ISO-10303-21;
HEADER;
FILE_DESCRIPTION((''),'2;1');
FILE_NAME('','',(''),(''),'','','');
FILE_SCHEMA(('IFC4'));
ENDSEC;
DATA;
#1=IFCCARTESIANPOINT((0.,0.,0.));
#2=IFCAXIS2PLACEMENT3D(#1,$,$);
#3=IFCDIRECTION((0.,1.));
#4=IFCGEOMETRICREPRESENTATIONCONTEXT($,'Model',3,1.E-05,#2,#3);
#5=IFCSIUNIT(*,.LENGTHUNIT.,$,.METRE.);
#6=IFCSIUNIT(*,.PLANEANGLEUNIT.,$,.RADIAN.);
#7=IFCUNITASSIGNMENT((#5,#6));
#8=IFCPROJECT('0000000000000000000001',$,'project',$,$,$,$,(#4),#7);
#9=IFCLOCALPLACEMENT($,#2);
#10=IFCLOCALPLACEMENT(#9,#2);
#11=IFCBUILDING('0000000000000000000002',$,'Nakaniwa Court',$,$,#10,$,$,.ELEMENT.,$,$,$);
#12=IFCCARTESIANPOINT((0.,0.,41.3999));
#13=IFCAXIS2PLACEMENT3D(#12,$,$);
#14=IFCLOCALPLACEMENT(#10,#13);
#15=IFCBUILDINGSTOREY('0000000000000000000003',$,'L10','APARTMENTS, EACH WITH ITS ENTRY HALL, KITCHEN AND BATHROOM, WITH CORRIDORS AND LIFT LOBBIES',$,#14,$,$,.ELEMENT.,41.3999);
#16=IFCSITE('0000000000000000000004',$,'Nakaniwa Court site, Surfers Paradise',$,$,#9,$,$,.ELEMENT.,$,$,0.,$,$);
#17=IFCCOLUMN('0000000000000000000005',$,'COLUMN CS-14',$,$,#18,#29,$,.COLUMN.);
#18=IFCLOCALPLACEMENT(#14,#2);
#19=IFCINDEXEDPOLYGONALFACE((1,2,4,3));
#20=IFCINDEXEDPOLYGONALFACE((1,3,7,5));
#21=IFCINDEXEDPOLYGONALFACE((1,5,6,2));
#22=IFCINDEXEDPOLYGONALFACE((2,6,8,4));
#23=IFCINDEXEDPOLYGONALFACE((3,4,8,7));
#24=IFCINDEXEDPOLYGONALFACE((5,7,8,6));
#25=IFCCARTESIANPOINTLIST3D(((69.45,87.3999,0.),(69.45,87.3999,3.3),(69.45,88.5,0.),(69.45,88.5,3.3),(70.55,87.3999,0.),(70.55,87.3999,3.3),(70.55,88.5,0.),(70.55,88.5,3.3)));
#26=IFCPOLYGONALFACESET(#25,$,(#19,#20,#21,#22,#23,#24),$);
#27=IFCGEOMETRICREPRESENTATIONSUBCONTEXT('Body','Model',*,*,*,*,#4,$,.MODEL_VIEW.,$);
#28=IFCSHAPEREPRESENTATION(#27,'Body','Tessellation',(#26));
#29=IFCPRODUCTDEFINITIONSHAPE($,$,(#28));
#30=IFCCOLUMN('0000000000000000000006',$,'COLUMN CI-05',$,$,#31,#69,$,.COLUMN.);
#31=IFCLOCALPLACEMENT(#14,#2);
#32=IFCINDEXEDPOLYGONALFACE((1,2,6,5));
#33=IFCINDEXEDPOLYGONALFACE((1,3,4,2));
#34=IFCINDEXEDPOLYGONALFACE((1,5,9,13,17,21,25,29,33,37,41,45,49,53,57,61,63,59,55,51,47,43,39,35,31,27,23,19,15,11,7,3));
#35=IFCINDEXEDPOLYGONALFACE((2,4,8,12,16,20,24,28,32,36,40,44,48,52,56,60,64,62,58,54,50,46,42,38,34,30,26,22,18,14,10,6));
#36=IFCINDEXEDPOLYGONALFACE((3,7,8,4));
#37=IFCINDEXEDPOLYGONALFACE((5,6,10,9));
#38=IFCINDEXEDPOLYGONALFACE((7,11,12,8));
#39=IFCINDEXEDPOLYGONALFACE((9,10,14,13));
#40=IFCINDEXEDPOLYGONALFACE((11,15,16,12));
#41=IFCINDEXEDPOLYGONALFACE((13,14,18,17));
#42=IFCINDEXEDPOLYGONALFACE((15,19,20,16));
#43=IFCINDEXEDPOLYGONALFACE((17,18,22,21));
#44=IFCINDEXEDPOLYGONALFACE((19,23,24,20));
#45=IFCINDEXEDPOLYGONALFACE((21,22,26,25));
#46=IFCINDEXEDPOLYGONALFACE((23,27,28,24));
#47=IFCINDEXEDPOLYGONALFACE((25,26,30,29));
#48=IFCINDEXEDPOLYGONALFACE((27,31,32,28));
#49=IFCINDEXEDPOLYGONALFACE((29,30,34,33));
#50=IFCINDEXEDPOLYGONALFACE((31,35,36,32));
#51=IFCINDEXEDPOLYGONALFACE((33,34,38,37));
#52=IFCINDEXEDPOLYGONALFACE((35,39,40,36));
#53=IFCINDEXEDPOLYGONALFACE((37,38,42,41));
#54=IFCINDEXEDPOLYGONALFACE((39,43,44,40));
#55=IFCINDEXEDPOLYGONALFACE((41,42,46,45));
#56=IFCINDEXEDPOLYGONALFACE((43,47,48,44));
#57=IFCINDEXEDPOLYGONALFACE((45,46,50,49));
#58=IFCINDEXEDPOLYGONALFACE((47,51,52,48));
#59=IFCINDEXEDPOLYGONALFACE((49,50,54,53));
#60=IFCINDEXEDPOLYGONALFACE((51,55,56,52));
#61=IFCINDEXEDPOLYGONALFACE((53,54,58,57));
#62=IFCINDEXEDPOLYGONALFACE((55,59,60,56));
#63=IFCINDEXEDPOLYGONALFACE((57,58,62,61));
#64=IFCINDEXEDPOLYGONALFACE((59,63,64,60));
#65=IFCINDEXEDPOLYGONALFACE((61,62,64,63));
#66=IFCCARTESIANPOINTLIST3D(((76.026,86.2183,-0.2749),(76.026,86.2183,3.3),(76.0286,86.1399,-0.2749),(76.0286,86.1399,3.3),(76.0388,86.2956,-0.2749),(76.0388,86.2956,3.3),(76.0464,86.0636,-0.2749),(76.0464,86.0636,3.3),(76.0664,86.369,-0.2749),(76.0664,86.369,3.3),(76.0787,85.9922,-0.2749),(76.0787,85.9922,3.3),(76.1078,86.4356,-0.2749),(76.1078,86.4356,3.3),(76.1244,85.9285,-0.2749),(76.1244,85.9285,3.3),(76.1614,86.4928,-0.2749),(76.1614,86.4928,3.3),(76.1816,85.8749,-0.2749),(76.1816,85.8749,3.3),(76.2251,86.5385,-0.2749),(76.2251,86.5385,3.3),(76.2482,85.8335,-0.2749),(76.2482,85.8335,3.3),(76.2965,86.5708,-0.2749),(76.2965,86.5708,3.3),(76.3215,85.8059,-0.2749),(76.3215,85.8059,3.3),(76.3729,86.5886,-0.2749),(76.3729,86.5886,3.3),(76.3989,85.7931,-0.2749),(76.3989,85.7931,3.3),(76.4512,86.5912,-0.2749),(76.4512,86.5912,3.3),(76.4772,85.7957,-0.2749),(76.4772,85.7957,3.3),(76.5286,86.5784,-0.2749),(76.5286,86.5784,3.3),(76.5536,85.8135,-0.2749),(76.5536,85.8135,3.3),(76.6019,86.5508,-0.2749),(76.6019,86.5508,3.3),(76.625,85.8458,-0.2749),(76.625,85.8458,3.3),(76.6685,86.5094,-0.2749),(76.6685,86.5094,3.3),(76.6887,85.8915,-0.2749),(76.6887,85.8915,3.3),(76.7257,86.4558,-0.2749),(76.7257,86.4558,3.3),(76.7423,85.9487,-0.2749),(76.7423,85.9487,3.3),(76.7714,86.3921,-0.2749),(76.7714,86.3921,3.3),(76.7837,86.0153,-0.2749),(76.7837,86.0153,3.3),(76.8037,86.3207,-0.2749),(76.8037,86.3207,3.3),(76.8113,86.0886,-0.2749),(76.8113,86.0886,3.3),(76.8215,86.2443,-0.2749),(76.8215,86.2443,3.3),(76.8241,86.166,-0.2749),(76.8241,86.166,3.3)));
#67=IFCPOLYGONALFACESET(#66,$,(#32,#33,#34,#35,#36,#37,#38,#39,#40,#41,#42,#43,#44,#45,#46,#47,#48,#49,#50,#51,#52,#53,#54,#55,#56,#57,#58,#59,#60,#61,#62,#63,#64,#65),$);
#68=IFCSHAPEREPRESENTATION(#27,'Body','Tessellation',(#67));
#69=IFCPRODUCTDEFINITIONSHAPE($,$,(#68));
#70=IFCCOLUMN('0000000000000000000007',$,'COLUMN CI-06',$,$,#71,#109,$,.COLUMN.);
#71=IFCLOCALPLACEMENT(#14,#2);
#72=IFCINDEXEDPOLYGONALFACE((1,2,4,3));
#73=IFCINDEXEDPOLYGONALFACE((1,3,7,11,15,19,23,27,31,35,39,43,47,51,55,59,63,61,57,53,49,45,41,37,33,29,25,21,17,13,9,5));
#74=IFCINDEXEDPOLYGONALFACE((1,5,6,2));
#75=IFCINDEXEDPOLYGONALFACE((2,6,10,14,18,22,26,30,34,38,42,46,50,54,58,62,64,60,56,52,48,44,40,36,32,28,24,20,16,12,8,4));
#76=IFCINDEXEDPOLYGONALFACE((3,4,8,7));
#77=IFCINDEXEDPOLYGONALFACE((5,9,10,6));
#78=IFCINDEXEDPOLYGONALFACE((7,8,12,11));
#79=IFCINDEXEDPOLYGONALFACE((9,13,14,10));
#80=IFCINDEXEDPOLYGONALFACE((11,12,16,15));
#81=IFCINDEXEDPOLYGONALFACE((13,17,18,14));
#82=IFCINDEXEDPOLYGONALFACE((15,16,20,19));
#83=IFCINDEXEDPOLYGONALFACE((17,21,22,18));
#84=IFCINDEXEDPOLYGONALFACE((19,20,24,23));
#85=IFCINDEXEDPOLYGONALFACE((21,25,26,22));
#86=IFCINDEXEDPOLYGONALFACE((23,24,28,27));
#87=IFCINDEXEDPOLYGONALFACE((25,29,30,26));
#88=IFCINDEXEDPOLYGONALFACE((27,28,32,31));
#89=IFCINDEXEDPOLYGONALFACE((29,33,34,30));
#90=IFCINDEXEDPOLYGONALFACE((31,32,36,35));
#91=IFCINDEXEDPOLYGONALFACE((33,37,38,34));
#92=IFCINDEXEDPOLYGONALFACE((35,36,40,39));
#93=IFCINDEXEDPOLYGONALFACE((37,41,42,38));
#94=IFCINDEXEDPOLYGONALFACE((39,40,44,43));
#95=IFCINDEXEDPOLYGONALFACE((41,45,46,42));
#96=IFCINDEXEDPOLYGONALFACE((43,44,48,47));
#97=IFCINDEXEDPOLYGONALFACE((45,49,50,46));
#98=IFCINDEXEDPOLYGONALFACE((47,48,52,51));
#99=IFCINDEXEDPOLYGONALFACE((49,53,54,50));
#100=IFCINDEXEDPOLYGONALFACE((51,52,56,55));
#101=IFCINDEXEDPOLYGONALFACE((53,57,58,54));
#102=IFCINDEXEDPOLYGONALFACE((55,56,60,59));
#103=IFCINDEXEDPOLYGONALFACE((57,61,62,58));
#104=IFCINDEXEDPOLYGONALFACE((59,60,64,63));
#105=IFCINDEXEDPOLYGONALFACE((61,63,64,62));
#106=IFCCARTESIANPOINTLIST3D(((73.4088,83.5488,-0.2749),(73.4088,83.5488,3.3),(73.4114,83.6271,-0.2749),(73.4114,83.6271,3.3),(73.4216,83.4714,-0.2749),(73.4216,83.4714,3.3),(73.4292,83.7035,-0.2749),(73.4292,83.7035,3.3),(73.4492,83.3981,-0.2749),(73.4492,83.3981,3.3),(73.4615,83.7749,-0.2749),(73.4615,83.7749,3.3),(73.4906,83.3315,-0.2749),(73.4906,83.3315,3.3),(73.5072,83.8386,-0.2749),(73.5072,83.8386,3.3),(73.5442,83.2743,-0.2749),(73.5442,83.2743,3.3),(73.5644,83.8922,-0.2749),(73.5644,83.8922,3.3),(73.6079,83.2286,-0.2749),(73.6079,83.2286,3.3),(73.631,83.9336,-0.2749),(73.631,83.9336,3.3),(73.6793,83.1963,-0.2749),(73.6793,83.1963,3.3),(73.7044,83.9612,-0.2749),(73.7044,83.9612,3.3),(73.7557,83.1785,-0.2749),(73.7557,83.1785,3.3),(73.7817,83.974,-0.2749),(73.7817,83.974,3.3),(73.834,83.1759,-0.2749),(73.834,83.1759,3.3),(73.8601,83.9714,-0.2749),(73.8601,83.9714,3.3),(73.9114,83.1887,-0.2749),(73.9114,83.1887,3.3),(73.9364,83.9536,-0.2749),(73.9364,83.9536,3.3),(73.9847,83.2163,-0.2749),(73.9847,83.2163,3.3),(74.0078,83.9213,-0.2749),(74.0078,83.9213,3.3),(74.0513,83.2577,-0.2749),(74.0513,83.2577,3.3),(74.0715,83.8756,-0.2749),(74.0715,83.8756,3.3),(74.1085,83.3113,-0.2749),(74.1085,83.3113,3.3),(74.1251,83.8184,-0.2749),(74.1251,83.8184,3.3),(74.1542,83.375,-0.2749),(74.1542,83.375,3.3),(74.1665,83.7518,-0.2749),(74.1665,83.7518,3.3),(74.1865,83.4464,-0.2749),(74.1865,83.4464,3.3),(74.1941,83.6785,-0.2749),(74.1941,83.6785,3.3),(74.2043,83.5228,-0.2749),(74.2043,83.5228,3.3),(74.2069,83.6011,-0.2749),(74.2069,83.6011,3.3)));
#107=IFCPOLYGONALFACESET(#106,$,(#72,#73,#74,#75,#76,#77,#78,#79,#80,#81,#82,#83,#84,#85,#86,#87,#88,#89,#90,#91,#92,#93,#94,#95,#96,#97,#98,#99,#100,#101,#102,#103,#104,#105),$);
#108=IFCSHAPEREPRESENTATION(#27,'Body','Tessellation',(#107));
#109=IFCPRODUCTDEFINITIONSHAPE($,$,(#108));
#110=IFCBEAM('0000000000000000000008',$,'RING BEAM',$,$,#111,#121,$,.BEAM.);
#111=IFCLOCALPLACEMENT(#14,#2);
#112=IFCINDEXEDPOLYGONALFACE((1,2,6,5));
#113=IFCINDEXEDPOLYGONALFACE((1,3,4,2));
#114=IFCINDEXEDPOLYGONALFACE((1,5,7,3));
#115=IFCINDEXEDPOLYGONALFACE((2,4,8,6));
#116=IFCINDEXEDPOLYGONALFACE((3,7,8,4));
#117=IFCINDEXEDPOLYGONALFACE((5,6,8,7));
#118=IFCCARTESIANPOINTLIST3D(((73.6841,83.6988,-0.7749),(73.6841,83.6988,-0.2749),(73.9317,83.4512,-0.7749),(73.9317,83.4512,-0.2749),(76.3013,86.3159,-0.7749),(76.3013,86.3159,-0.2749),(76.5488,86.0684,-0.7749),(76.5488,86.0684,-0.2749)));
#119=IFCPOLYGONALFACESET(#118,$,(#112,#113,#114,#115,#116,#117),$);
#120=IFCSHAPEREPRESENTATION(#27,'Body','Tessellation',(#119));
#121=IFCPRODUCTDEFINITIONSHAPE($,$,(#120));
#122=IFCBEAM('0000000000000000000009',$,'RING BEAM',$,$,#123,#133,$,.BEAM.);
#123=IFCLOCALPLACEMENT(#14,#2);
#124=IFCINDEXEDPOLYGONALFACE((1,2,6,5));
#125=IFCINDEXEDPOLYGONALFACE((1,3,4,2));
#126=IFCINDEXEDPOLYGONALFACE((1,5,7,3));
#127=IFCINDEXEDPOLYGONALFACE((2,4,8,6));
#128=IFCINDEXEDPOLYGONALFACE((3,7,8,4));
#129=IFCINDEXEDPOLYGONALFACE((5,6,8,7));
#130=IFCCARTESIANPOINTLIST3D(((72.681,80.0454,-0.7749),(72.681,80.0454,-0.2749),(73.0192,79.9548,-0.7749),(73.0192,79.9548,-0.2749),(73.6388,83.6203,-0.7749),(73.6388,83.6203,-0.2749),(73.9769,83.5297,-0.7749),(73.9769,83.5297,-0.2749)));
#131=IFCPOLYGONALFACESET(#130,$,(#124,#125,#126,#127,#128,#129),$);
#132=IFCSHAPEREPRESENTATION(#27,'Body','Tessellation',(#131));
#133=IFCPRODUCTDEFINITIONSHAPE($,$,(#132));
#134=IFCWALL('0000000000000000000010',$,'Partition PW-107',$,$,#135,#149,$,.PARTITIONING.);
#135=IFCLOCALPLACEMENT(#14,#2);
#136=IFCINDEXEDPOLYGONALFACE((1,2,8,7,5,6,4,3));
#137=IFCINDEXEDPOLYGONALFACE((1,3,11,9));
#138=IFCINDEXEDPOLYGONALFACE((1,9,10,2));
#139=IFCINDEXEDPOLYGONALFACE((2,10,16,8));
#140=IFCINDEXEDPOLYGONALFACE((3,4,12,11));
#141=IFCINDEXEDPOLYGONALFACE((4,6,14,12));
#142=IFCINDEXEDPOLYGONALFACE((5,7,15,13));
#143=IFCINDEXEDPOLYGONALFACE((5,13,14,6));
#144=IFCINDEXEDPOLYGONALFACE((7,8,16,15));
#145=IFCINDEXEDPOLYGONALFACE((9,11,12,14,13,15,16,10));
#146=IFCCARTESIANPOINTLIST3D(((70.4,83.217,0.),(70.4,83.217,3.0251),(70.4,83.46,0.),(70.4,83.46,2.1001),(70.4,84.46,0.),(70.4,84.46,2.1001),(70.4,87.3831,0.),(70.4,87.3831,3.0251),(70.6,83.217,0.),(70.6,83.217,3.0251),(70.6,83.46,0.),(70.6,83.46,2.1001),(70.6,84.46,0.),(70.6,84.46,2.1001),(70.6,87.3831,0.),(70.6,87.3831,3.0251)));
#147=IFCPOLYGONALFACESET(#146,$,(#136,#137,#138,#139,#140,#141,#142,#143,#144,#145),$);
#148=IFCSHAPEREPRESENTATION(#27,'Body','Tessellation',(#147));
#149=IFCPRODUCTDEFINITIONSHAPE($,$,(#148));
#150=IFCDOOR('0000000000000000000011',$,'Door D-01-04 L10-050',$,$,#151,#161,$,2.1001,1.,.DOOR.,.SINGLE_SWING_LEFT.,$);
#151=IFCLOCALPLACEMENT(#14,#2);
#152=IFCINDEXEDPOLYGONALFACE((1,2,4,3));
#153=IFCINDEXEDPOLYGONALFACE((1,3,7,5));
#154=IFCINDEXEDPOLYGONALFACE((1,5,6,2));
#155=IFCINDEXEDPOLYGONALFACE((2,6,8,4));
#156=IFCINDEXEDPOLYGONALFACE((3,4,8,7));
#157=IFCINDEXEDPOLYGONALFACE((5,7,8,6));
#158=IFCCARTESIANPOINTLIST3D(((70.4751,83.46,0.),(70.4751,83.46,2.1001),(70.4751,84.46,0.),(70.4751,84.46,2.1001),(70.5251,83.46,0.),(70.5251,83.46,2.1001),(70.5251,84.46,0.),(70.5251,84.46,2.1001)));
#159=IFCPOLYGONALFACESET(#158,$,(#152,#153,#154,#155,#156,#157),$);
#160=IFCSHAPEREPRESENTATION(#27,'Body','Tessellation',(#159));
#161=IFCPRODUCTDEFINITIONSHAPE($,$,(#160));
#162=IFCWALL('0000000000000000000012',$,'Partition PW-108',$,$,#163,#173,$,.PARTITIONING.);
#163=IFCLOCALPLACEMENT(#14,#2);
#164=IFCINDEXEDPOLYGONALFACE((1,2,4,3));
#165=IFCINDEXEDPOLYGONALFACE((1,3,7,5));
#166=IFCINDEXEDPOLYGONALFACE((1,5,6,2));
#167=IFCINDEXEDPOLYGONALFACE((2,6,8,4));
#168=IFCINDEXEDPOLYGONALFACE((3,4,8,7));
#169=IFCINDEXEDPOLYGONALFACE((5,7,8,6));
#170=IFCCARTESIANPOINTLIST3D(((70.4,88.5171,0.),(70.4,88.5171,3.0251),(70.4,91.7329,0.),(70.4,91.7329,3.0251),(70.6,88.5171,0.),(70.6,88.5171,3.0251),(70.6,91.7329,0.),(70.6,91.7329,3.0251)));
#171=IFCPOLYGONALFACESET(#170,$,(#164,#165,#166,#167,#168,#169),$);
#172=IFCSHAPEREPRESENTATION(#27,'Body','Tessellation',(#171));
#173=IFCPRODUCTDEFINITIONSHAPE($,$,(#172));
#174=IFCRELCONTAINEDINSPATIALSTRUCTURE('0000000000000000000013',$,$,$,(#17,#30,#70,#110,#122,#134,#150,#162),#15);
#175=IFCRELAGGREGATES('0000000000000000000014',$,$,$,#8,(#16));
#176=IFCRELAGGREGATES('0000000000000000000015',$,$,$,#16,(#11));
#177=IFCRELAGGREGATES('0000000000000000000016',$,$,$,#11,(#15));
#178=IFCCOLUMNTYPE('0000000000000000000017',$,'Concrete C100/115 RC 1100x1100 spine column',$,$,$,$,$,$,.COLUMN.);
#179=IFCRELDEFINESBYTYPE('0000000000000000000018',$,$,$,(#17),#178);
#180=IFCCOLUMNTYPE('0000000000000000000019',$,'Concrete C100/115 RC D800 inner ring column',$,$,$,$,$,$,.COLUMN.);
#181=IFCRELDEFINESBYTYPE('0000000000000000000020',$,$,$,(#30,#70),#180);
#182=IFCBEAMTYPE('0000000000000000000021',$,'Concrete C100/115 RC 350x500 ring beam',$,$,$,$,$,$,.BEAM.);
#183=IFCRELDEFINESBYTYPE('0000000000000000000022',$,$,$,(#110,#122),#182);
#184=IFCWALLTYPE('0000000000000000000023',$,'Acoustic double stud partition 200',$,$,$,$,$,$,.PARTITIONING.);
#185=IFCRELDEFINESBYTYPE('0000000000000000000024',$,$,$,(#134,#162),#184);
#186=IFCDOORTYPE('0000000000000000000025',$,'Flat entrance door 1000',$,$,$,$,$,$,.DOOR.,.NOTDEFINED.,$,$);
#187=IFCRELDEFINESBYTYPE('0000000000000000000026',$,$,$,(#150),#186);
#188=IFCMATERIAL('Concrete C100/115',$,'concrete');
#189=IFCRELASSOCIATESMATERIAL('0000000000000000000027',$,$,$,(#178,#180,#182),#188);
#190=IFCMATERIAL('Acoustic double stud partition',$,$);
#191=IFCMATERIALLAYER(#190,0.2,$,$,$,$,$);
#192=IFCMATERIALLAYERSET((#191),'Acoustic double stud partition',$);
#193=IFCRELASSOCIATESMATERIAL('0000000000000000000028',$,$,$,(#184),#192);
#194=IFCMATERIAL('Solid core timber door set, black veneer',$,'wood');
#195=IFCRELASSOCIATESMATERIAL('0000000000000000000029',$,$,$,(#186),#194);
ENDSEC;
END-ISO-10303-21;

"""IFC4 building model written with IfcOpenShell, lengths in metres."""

from ifc_helpers import new_model, si_unit, direction, frame, frame_2d, origin, origin_2d, place, context, subcontext, project, spatial, rectangle, circle, extrude, material, layer, layer_set, material_profile, profile_set, type_object, element, fill, save


model = new_model("IFC4")

# Units and contexts
model_context = context("Model", 3, precision=1e-05, world=origin(), true_north=direction((0.0, 1.0)))
body_context = subcontext(model_context, "Body", "Model", "MODEL_VIEW")
ifc_project = project(units=[si_unit("LENGTHUNIT", "METRE"), si_unit("PLANEANGLEUNIT", "RADIAN")], contexts=[model_context])

# Site, building, storey
site_placement = place(None, origin())
site = spatial("IfcSite", under=ifc_project, at=site_placement, Name="Nakaniwa Court site, Surfers Paradise", CompositionType="ELEMENT", RefElevation=0.0)
building_placement = place(site_placement, origin())
building = spatial("IfcBuilding", under=site, at=building_placement, Name="Nakaniwa Court", CompositionType="ELEMENT")
storey_placement = place(building_placement, frame((0.0, 0.0, 41.3999)))
storey = spatial("IfcBuildingStorey", under=building, at=storey_placement, Name="L10", Description="APARTMENTS, EACH WITH ITS ENTRY HALL, KITCHEN AND BATHROOM, WITH CORRIDORS AND LIFT LOBBIES", CompositionType="ELEMENT", Elevation=41.3999)

# Columns
ifc_material_1 = material(Name="Concrete C100/115", Category="concrete")
ifc_material_profile_1 = material_profile(ifc_material_1, rectangle(XDim=1.1001, YDim=1.1001, at=origin_2d()), Name="Concrete C100/115 RC 1100x1100 spine column")
ifc_profile_set_1 = profile_set([ifc_material_profile_1], Name="Concrete C100/115")
column_type_1 = type_object("IfcColumnType", Name="Concrete C100/115 RC 1100x1100 spine column", PredefinedType="COLUMN", material=ifc_profile_set_1)
column_placement = place(storey_placement, frame((70.0, 87.95, 0.0), z_axis=(0.0, 0.0, 1.0), x_axis=(0.0, -1.0, 0.0)))
element("IfcColumn", 1, at=column_placement, inside=storey, type_object=column_type_1, Name="COLUMN CS-14", PredefinedType="COLUMN", context=body_context, shape_type="SweptSolid", body=[
    extrude(rectangle(XDim=1.1001, YDim=1.1001, at=origin_2d()), origin(), (0.0, 0.0, 1.0), 3.3),
])
ifc_material_profile_2 = material_profile(ifc_material_1, circle(Radius=0.3999, at=origin_2d()), Name="Concrete C100/115 RC D800 inner ring column")
ifc_profile_set_2 = profile_set([ifc_material_profile_2], Name="Concrete C100/115")
column_type_2 = type_object("IfcColumnType", Name="Concrete C100/115 RC D800 inner ring column", PredefinedType="COLUMN", material=ifc_profile_set_2)
for number, where, z_axis, x_axis, name in (
    (2, (76.425, 86.1921, -0.2749), (0.0, 0.0, 1.0), (-0.866025, -0.5, 0.0), "COLUMN CI-05"),
    (3, (73.8079, 83.575, -0.2749), (0.0, 0.0, 1.0), (-0.5, -0.866025, 0.0), "COLUMN CI-06"),
):
    element("IfcColumn", number, at=place(storey_placement, frame(where, z_axis=z_axis, x_axis=x_axis)), inside=storey, type_object=column_type_2, Name=name, PredefinedType="COLUMN", context=body_context, shape_type="SweptSolid", body=[
        extrude(circle(Radius=0.3999, at=origin_2d()), origin(), (0.0, 0.0, 1.0), 3.575),
    ])

# Beams
ifc_material_profile_3 = material_profile(ifc_material_1, rectangle(XDim=0.3501, YDim=0.5, at=origin_2d()), Name="Concrete C100/115 RC 350x500 ring beam")
ifc_profile_set_3 = profile_set([ifc_material_profile_3], Name="Concrete C100/115")
beam_type = type_object("IfcBeamType", Name="Concrete C100/115 RC 350x500 ring beam", PredefinedType="BEAM", material=ifc_profile_set_3)
beam_1_placement = place(storey_placement, frame((76.425, 86.1921, -0.5249), z_axis=(-0.707107, -0.707107, 0.0), x_axis=(0.707107, -0.707107, 0.0)))
element("IfcBeam", 4, at=beam_1_placement, inside=storey, type_object=beam_type, Name="RING BEAM", PredefinedType="BEAM", context=body_context, shape_type="SweptSolid", body=[
    extrude(rectangle(XDim=0.3501, YDim=0.5, at=origin_2d()), origin(), (0.0, 0.0, 1.0), 3.7012),
])
beam_2_placement = place(storey_placement, frame((73.8079, 83.575, -0.5249), z_axis=(-0.258783, -0.965935, 0.0), x_axis=(0.965935, -0.258783, 0.0)))
element("IfcBeam", 5, at=beam_2_placement, inside=storey, type_object=beam_type, Name="RING BEAM", PredefinedType="BEAM", context=body_context, shape_type="SweptSolid", body=[
    extrude(rectangle(XDim=0.3501, YDim=0.5, at=origin_2d()), origin(), (0.0, 0.0, 1.0), 3.7009),
])

# Wall, opening, door
ifc_material_2 = material(Name="Acoustic double stud partition")
ifc_layer_1 = layer(ifc_material_2, 0.2)
ifc_layer_set_1 = layer_set([ifc_layer_1], Name="Acoustic double stud partition")
wall_type_1 = type_object("IfcWallType", Name="Acoustic double stud partition 200", PredefinedType="PARTITIONING", material=ifc_layer_set_1)
wall_1_placement = place(storey_placement, frame((70.5, 83.217, 0.0), z_axis=(0.0, 0.0, 1.0), x_axis=(0.0, 1.0, 0.0)))
wall_1 = element("IfcWall", 6, at=wall_1_placement, inside=storey, type_object=wall_type_1, Name="Partition PW-107", PredefinedType="PARTITIONING", context=body_context, shape_type="SweptSolid", body=[
    extrude(rectangle(XDim=4.166, YDim=0.2, at=frame_2d((2.083, 0.0))), origin(), (0.0, 0.0, 1.0), 3.0251),
])
opening_1_placement = place(wall_1_placement, frame((0.2429, 0.0, 0.0)))
opening_1 = element("IfcOpeningElement", 7, at=opening_1_placement, cuts=wall_1, PredefinedType="OPENING", context=body_context, shape_type="SweptSolid", body=[
    extrude(rectangle(XDim=1.0, YDim=2.1001, at=frame_2d((0.5, 1.05))), frame((0.0, 0.1099, 0.0), z_axis=(0.0, -1.0, 0.0), x_axis=(1.0, 0.0, 0.0)), (0.0, 0.0, 1.0), 0.22),
])
ifc_material_3 = material(Name="Solid core timber door set, black veneer", Category="wood")
door_type_1 = type_object("IfcDoorType", Name="Flat entrance door 1000", OperationType="NOTDEFINED", PredefinedType="DOOR", material=ifc_material_3)
door_1_placement = place(opening_1_placement, origin())
door_1 = element("IfcDoor", 8, at=door_1_placement, inside=storey, type_object=door_type_1, Name="Door D-01-04 L10-050", OperationType="SINGLE_SWING_LEFT", OverallHeight=2.1001, OverallWidth=1.0, PredefinedType="DOOR", context=body_context, shape_type="SweptSolid", body=[
    extrude(rectangle(XDim=1.0, YDim=2.1001, at=frame_2d((0.5, 1.05))), frame((0.0, 0.0249, 0.0), z_axis=(0.0, -1.0, 0.0), x_axis=(1.0, 0.0, 0.0)), (0.0, 0.0, 1.0), 0.05),
])
fill(opening_1, door_1)

# Wall
wall_2_placement = place(storey_placement, frame((70.5, 88.5171, 0.0), z_axis=(0.0, 0.0, 1.0), x_axis=(0.0, 1.0, 0.0)))
element("IfcWall", 9, at=wall_2_placement, inside=storey, type_object=wall_type_1, Name="Partition PW-108", PredefinedType="PARTITIONING", context=body_context, shape_type="SweptSolid", body=[
    extrude(rectangle(XDim=3.2158, YDim=0.2, at=frame_2d((1.6079, 0.0))), origin(), (0.0, 0.0, 1.0), 3.0251),
])

save(model, "model.ifc")
